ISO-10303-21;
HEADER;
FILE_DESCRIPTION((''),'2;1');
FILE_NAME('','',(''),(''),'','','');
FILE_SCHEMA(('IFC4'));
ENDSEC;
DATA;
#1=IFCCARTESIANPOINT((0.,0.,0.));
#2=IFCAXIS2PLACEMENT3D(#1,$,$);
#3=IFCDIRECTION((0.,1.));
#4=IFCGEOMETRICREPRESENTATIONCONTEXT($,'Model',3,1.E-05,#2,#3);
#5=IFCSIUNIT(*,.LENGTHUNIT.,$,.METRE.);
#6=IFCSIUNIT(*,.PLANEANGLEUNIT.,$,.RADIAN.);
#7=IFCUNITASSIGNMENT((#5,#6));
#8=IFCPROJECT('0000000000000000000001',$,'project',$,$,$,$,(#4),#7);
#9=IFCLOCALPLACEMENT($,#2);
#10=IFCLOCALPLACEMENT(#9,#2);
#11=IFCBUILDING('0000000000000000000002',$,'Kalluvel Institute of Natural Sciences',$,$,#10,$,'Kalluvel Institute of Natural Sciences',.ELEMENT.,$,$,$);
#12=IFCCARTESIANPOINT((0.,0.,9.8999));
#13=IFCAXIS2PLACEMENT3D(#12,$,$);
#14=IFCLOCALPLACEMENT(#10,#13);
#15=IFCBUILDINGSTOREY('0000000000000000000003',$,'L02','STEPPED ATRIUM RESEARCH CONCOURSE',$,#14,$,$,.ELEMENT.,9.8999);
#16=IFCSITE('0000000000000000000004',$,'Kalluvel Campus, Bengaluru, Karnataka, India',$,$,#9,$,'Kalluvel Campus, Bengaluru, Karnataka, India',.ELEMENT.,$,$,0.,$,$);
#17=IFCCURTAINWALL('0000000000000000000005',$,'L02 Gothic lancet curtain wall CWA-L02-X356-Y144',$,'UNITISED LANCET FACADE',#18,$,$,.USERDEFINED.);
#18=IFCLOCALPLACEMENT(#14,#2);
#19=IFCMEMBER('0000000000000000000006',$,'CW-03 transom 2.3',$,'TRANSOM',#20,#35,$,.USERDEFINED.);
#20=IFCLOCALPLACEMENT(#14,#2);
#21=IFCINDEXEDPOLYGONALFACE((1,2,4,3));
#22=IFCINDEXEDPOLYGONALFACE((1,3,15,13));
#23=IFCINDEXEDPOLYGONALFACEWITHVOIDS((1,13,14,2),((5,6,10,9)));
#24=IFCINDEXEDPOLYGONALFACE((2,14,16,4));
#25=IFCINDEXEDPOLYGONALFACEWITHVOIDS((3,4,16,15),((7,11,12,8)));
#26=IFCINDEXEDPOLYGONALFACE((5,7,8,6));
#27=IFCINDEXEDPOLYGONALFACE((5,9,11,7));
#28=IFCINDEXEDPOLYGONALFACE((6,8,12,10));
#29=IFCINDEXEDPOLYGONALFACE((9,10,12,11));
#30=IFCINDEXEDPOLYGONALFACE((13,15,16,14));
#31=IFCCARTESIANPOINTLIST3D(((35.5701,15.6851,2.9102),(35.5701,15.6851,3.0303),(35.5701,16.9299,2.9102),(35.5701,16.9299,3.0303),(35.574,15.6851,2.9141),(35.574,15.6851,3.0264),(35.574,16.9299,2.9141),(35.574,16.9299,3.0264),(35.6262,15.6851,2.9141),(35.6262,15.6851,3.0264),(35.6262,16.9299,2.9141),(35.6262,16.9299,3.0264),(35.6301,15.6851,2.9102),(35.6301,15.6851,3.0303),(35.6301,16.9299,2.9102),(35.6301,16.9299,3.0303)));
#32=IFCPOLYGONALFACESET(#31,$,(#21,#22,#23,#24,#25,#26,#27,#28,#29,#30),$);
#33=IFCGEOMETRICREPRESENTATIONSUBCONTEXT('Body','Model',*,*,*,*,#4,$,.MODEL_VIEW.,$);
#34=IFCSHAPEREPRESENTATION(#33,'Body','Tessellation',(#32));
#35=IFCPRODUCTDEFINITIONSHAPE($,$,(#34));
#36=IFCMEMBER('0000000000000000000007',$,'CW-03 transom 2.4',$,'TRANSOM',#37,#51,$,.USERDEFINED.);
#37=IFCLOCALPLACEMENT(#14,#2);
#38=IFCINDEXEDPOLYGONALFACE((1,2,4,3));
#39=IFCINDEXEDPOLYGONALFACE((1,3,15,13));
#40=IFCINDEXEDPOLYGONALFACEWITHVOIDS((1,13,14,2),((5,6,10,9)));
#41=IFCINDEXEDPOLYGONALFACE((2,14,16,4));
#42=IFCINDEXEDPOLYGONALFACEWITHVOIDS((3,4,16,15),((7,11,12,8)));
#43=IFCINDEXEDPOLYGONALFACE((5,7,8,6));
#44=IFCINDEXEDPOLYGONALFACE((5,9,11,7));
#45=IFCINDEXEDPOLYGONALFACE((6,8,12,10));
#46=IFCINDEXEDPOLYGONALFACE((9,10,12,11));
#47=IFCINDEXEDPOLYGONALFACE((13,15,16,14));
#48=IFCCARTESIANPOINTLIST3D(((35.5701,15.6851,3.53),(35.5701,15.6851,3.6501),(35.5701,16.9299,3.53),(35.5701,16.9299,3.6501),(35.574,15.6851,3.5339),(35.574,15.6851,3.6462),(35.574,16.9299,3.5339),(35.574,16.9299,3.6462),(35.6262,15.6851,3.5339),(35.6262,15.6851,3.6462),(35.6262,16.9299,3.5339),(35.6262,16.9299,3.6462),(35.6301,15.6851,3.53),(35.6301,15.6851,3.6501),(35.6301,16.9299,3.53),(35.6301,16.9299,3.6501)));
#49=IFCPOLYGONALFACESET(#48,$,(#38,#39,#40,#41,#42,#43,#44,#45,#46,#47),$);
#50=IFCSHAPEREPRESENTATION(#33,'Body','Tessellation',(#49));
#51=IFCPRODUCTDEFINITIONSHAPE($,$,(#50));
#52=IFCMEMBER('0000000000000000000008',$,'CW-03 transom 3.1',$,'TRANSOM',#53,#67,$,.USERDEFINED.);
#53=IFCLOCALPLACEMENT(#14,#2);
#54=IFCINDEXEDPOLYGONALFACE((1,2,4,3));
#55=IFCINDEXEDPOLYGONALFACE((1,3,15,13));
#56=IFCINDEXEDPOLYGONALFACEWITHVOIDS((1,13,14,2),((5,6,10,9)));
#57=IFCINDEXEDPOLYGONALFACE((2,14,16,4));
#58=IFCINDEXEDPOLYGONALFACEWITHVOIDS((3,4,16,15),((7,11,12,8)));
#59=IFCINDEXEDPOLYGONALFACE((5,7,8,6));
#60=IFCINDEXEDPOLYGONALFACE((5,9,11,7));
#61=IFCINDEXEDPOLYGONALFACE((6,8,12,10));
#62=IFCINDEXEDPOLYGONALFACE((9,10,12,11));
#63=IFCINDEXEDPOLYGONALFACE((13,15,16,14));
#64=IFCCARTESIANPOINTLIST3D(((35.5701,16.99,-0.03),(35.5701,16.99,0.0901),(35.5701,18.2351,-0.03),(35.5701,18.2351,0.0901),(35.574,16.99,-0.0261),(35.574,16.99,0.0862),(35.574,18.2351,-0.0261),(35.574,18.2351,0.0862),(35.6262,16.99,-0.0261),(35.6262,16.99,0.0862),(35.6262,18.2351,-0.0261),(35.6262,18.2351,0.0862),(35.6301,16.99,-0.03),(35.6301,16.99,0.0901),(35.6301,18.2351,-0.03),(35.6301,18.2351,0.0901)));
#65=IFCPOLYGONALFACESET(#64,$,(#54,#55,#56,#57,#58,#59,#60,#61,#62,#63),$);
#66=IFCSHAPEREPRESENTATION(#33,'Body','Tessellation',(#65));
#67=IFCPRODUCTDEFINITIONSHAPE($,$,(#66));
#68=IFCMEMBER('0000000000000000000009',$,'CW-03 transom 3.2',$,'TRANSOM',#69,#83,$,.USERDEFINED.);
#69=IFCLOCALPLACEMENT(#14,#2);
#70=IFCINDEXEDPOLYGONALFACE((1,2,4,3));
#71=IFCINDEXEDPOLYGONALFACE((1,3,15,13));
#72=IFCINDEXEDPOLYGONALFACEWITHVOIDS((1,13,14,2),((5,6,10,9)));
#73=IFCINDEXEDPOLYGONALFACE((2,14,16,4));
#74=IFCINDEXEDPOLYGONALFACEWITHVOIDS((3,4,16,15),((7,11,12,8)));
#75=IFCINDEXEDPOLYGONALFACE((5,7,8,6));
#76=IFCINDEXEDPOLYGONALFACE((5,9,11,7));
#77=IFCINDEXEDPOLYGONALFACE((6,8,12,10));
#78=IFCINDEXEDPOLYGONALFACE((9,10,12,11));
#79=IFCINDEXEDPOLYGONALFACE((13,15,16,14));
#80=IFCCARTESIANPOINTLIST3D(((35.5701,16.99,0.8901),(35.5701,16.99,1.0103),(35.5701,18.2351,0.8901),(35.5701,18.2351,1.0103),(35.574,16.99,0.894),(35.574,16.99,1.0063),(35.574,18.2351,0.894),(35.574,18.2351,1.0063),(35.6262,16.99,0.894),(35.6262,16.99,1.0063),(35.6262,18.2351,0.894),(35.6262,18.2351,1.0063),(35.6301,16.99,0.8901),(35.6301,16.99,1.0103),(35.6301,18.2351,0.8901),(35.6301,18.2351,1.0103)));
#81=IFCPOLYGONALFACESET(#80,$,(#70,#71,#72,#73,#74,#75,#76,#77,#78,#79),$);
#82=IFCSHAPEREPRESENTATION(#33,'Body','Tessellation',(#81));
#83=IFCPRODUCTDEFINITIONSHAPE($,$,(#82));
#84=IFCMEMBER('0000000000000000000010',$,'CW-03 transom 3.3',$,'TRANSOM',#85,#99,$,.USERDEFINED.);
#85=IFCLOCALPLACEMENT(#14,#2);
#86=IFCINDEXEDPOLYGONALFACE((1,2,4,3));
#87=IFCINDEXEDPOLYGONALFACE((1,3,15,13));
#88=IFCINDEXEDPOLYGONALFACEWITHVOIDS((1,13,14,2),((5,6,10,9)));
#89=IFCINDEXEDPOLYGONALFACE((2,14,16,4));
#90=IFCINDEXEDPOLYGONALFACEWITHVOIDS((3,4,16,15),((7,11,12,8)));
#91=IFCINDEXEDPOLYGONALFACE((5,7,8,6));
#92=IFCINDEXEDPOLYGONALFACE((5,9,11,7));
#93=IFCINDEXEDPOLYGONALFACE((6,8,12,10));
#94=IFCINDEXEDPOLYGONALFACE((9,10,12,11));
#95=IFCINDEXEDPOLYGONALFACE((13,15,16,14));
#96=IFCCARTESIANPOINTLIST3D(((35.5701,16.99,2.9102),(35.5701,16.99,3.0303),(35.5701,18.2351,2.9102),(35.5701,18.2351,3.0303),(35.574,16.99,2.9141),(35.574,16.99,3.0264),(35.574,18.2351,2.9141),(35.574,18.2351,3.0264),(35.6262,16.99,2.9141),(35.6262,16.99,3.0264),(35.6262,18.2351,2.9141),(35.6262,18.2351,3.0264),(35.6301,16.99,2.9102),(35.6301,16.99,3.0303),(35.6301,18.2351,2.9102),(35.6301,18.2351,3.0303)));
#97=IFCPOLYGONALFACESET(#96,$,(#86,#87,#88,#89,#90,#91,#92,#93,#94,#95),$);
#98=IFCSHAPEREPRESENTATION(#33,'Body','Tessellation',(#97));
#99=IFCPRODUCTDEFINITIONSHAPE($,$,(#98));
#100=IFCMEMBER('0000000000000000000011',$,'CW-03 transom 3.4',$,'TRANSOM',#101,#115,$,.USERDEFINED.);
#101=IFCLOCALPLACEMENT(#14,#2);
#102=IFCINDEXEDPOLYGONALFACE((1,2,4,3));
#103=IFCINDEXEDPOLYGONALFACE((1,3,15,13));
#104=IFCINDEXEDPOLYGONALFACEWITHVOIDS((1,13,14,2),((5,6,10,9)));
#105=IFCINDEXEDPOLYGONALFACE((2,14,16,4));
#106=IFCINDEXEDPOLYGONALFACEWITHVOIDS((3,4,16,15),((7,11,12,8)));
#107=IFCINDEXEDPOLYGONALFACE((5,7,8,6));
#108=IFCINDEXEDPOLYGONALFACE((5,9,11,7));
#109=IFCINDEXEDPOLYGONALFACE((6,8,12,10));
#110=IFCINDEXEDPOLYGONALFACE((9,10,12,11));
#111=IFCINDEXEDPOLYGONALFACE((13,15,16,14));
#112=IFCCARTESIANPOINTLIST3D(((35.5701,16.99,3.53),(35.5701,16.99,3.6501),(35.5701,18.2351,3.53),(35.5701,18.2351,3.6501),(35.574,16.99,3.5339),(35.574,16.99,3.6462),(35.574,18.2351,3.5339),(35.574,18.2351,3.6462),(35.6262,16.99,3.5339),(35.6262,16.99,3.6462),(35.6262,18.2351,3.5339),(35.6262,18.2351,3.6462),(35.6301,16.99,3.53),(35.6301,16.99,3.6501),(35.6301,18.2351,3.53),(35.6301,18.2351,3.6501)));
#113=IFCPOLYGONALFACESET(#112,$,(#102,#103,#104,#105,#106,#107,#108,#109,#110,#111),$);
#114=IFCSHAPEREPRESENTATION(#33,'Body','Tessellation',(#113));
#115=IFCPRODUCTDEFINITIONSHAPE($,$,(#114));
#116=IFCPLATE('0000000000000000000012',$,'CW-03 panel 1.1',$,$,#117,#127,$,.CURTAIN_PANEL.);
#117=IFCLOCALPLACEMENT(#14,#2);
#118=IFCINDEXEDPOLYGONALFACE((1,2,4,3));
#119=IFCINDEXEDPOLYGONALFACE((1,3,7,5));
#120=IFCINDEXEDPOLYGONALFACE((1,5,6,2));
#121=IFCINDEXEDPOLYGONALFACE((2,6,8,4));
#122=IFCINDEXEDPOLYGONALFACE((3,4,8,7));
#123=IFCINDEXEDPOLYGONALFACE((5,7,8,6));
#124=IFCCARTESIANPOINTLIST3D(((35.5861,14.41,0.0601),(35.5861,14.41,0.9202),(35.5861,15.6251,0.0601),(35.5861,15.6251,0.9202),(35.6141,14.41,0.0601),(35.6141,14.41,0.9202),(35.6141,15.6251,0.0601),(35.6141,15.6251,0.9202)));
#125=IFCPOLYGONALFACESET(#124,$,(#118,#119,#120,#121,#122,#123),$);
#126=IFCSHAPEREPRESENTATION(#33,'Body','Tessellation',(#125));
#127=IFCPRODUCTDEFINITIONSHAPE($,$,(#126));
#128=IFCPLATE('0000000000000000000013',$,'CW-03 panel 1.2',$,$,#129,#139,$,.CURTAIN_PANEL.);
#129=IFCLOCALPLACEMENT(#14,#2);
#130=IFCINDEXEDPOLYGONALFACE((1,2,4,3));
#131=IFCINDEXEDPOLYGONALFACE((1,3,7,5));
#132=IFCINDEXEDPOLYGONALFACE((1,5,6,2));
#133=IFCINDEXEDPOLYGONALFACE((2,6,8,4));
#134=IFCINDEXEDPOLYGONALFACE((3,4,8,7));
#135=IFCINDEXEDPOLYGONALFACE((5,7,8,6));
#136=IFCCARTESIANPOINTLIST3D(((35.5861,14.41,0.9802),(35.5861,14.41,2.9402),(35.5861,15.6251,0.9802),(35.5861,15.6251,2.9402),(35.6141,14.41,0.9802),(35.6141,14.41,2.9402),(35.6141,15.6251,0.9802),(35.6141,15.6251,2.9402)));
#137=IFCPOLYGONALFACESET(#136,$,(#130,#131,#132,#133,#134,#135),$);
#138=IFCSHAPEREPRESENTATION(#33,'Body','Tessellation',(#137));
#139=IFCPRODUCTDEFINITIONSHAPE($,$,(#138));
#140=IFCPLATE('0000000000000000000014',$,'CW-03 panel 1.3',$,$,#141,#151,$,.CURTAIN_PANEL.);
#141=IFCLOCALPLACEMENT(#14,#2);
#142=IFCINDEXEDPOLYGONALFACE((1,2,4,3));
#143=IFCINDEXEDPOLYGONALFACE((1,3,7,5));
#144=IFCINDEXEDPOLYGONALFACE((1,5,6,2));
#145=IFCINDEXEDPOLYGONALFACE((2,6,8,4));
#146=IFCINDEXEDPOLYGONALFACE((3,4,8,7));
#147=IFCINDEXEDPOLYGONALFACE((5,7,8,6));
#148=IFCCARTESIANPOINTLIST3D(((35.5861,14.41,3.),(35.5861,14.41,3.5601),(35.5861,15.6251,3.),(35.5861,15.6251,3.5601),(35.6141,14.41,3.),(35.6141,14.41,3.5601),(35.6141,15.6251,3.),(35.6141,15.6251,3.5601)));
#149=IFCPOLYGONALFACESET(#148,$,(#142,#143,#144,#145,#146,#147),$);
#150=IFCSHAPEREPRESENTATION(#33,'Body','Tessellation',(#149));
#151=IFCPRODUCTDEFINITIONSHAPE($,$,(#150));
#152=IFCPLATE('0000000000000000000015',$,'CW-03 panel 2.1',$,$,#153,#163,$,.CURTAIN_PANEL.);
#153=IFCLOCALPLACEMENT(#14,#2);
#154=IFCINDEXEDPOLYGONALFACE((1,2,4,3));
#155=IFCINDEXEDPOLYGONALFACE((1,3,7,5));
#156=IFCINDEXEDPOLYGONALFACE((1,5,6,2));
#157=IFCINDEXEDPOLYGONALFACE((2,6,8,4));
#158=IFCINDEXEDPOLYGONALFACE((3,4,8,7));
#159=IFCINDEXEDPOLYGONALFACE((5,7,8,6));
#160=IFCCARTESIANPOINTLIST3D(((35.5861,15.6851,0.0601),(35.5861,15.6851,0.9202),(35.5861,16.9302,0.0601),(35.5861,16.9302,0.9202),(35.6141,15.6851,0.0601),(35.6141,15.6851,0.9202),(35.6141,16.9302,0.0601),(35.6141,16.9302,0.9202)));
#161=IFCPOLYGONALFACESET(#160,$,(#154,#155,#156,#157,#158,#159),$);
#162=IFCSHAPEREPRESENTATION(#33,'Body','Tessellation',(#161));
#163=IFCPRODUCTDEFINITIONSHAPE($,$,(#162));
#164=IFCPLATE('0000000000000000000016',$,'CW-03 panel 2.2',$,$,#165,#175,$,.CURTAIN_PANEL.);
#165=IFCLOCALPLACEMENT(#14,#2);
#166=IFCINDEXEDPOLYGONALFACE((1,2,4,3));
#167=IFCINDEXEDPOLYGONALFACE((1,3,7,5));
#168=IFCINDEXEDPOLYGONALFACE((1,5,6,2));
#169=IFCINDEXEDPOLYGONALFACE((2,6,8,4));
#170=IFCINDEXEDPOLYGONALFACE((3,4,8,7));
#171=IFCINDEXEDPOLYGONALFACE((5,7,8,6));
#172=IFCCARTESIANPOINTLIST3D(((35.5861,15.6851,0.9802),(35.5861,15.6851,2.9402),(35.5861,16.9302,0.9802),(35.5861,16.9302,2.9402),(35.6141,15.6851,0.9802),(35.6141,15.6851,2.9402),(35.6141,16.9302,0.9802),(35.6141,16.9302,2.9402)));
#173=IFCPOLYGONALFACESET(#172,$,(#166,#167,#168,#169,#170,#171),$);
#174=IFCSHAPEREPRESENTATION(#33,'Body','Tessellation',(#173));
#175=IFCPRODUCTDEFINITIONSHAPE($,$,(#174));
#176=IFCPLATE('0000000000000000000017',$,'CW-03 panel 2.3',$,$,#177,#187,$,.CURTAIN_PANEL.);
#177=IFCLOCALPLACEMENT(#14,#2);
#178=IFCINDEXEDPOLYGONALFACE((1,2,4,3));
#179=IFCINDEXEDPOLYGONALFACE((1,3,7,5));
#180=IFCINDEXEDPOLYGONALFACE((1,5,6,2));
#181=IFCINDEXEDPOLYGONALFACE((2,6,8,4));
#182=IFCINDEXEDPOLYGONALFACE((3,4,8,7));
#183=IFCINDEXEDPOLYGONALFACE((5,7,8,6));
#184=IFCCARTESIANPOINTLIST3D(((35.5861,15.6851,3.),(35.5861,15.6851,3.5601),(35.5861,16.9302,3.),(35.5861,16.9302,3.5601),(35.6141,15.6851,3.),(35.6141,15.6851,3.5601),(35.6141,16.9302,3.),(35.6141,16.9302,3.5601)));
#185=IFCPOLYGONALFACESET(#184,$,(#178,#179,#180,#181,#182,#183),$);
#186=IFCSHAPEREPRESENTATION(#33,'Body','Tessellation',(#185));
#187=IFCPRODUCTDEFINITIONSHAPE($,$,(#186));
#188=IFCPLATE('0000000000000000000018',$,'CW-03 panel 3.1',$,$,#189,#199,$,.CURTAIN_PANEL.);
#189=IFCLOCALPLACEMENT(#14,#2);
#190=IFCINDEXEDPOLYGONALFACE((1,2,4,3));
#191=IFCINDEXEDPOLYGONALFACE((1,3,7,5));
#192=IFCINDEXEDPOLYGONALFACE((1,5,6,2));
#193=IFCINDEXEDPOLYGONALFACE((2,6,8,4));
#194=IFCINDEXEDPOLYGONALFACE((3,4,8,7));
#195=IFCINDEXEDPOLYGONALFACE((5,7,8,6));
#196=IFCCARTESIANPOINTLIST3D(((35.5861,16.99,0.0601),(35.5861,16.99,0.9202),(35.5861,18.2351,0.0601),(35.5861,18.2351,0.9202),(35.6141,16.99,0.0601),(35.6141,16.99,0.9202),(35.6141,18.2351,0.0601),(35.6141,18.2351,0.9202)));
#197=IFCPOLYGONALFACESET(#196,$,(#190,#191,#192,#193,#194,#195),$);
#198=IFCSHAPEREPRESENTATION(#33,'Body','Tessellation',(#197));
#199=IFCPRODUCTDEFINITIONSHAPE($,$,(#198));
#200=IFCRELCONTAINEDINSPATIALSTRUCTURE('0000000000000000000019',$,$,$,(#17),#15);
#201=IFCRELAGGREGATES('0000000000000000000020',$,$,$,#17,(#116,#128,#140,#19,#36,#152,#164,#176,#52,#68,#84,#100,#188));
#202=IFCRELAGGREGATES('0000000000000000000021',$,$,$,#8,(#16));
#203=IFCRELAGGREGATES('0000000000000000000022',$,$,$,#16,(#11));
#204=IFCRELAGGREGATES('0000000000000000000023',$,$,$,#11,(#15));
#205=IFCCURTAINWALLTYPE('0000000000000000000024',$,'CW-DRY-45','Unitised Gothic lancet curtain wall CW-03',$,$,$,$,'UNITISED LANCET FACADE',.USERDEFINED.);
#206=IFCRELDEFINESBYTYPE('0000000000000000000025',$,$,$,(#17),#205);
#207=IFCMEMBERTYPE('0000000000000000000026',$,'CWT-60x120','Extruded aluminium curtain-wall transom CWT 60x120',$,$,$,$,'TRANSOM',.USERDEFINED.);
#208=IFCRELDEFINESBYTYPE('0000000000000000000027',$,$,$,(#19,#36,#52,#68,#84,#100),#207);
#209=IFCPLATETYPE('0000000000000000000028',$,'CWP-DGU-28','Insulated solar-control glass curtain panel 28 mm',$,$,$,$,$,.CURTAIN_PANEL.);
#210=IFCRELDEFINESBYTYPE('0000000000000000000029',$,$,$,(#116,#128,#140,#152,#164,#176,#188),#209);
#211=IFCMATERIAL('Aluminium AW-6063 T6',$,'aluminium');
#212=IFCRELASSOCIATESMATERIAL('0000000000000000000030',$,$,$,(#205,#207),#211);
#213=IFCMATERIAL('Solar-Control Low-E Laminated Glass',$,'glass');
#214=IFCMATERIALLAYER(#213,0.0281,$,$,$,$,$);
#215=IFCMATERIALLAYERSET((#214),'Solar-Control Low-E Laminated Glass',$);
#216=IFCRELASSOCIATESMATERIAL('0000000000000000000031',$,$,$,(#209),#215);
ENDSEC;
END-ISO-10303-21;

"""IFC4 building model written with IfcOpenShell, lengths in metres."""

from ifc_helpers import new_model, si_unit, direction, frame, origin, origin_2d, place, context, subcontext, project, spatial, rectangle, hollow_rectangle, extrude, material, layer, layer_set, material_profile, profile_set, type_object, element, aggregate, save


model = new_model("IFC4")

# Units and contexts
model_context = context("Model", 3, precision=1e-05, world=origin(), true_north=direction((0.0, 1.0)))
body_context = subcontext(model_context, "Body", "Model", "MODEL_VIEW")
ifc_project = project(units=[si_unit("LENGTHUNIT", "METRE"), si_unit("PLANEANGLEUNIT", "RADIAN")], contexts=[model_context])

# Site, building, storey
site_placement = place(None, origin())
site = spatial("IfcSite", under=ifc_project, at=site_placement, Name="Kalluvel Campus, Bengaluru, Karnataka, India", LongName="Kalluvel Campus, Bengaluru, Karnataka, India", CompositionType="ELEMENT", RefElevation=0.0)
building_placement = place(site_placement, origin())
building = spatial("IfcBuilding", under=site, at=building_placement, Name="Kalluvel Institute of Natural Sciences", LongName="Kalluvel Institute of Natural Sciences", CompositionType="ELEMENT")
storey_placement = place(building_placement, frame((0.0, 0.0, 9.8999)))
storey = spatial("IfcBuildingStorey", under=building, at=storey_placement, Name="L02", Description="STEPPED ATRIUM RESEARCH CONCOURSE", CompositionType="ELEMENT", Elevation=9.8999)

# Curtain wall, members, plates
ifc_material_1 = material(Name="Aluminium AW-6063 T6", Category="aluminium")
curtain_wall_type = type_object("IfcCurtainWallType", Name="CW-DRY-45", Description="Unitised Gothic lancet curtain wall CW-03", ElementType="UNITISED LANCET FACADE", PredefinedType="USERDEFINED", material=ifc_material_1)
curtain_wall_placement = place(storey_placement, origin())
curtain_wall = element("IfcCurtainWall", 1, at=curtain_wall_placement, inside=storey, type_object=curtain_wall_type, Name="L02 Gothic lancet curtain wall CWA-L02-X356-Y144", ObjectType="UNITISED LANCET FACADE", PredefinedType="USERDEFINED")
ifc_material_profile_1 = material_profile(ifc_material_1, hollow_rectangle(XDim=0.0601, YDim=0.1201, WallThickness=0.0039, at=origin_2d()), Name="CWT 60x120")
ifc_profile_set_1 = profile_set([ifc_material_profile_1], Name="Aluminium AW-6063 T6")
member_type_1 = type_object("IfcMemberType", Name="CWT-60x120", Description="Extruded aluminium curtain-wall transom CWT 60x120", ElementType="TRANSOM", PredefinedType="USERDEFINED", material=ifc_profile_set_1)
member_1_placement = place(storey_placement, frame((35.6001, 15.6851, 2.9702), z_axis=(0.0, 1.0, 0.0), x_axis=(-1.0, 0.0, 0.0)))
member_1 = element("IfcMember", 2, at=member_1_placement, type_object=member_type_1, Name="CW-03 transom 2.3", ObjectType="TRANSOM", PredefinedType="USERDEFINED", context=body_context, shape_type="SweptSolid", body=[
    extrude(hollow_rectangle(XDim=0.0601, YDim=0.1201, WallThickness=0.0039, at=origin_2d()), origin(), (0.0, 0.0, 1.0), 1.2449),
])
member_2_placement = place(storey_placement, frame((35.6001, 15.6851, 3.5901), z_axis=(0.0, 1.0, 0.0), x_axis=(-1.0, 0.0, 0.0)))
member_2 = element("IfcMember", 3, at=member_2_placement, type_object=member_type_1, Name="CW-03 transom 2.4", ObjectType="TRANSOM", PredefinedType="USERDEFINED", context=body_context, shape_type="SweptSolid", body=[
    extrude(hollow_rectangle(XDim=0.0601, YDim=0.1201, WallThickness=0.0039, at=origin_2d()), origin(), (0.0, 0.0, 1.0), 1.2449),
])
member_3_placement = place(storey_placement, frame((35.6001, 16.99, 0.03), z_axis=(0.0, 1.0, 0.0), x_axis=(-1.0, 0.0, 0.0)))
member_3 = element("IfcMember", 4, at=member_3_placement, type_object=member_type_1, Name="CW-03 transom 3.1", ObjectType="TRANSOM", PredefinedType="USERDEFINED", context=body_context, shape_type="SweptSolid", body=[
    extrude(hollow_rectangle(XDim=0.0601, YDim=0.1201, WallThickness=0.0039, at=origin_2d()), origin(), (0.0, 0.0, 1.0), 1.2451),
])
member_4_placement = place(storey_placement, frame((35.6001, 16.99, 0.9502), z_axis=(0.0, 1.0, 0.0), x_axis=(-1.0, 0.0, 0.0)))
member_4 = element("IfcMember", 5, at=member_4_placement, type_object=member_type_1, Name="CW-03 transom 3.2", ObjectType="TRANSOM", PredefinedType="USERDEFINED", context=body_context, shape_type="SweptSolid", body=[
    extrude(hollow_rectangle(XDim=0.0601, YDim=0.1201, WallThickness=0.0039, at=origin_2d()), origin(), (0.0, 0.0, 1.0), 1.2451),
])
member_5_placement = place(storey_placement, frame((35.6001, 16.99, 2.9702), z_axis=(0.0, 1.0, 0.0), x_axis=(-1.0, 0.0, 0.0)))
member_5 = element("IfcMember", 6, at=member_5_placement, type_object=member_type_1, Name="CW-03 transom 3.3", ObjectType="TRANSOM", PredefinedType="USERDEFINED", context=body_context, shape_type="SweptSolid", body=[
    extrude(hollow_rectangle(XDim=0.0601, YDim=0.1201, WallThickness=0.0039, at=origin_2d()), origin(), (0.0, 0.0, 1.0), 1.2451),
])
member_6_placement = place(storey_placement, frame((35.6001, 16.99, 3.5901), z_axis=(0.0, 1.0, 0.0), x_axis=(-1.0, 0.0, 0.0)))
member_6 = element("IfcMember", 7, at=member_6_placement, type_object=member_type_1, Name="CW-03 transom 3.4", ObjectType="TRANSOM", PredefinedType="USERDEFINED", context=body_context, shape_type="SweptSolid", body=[
    extrude(hollow_rectangle(XDim=0.0601, YDim=0.1201, WallThickness=0.0039, at=origin_2d()), origin(), (0.0, 0.0, 1.0), 1.2451),
])
ifc_material_2 = material(Name="Solar-Control Low-E Laminated Glass", Category="glass")
ifc_layer = layer(ifc_material_2, 0.0281)
ifc_layer_set = layer_set([ifc_layer], Name="Solar-Control Low-E Laminated Glass")
plate_type = type_object("IfcPlateType", Name="CWP-DGU-28", Description="Insulated solar-control glass curtain panel 28 mm", PredefinedType="CURTAIN_PANEL", material=ifc_layer_set)
plate_1_placement = place(storey_placement, frame((35.6001, 15.0176, 0.0601), z_axis=(0.0, 0.0, 1.0), x_axis=(0.0, 1.0, 0.0)))
plate_1 = element("IfcPlate", 8, at=plate_1_placement, type_object=plate_type, Name="CW-03 panel 1.1", PredefinedType="CURTAIN_PANEL", context=body_context, shape_type="SweptSolid", body=[
    extrude(rectangle(XDim=1.2151, YDim=0.0281, at=origin_2d()), origin(), (0.0, 0.0, 1.0), 0.8601),
])
plate_2_placement = place(storey_placement, frame((35.6001, 15.0176, 0.9802), z_axis=(0.0, 0.0, 1.0), x_axis=(0.0, 1.0, 0.0)))
plate_2 = element("IfcPlate", 9, at=plate_2_placement, type_object=plate_type, Name="CW-03 panel 1.2", PredefinedType="CURTAIN_PANEL", context=body_context, shape_type="SweptSolid", body=[
    extrude(rectangle(XDim=1.2151, YDim=0.0281, at=origin_2d()), origin(), (0.0, 0.0, 1.0), 1.96),
])
plate_3_placement = place(storey_placement, frame((35.6001, 15.0176, 3.0), z_axis=(0.0, 0.0, 1.0), x_axis=(0.0, 1.0, 0.0)))
plate_3 = element("IfcPlate", 10, at=plate_3_placement, type_object=plate_type, Name="CW-03 panel 1.3", PredefinedType="CURTAIN_PANEL", context=body_context, shape_type="SweptSolid", body=[
    extrude(rectangle(XDim=1.2151, YDim=0.0281, at=origin_2d()), origin(), (0.0, 0.0, 1.0), 0.5601),
])
plate_4_placement = place(storey_placement, frame((35.6001, 16.3076, 0.0601), z_axis=(0.0, 0.0, 1.0), x_axis=(0.0, 1.0, 0.0)))
plate_4 = element("IfcPlate", 11, at=plate_4_placement, type_object=plate_type, Name="CW-03 panel 2.1", PredefinedType="CURTAIN_PANEL", context=body_context, shape_type="SweptSolid", body=[
    extrude(rectangle(XDim=1.2451, YDim=0.0281, at=origin_2d()), origin(), (0.0, 0.0, 1.0), 0.8601),
])
plate_5_placement = place(storey_placement, frame((35.6001, 16.3076, 0.9802), z_axis=(0.0, 0.0, 1.0), x_axis=(0.0, 1.0, 0.0)))
plate_5 = element("IfcPlate", 12, at=plate_5_placement, type_object=plate_type, Name="CW-03 panel 2.2", PredefinedType="CURTAIN_PANEL", context=body_context, shape_type="SweptSolid", body=[
    extrude(rectangle(XDim=1.2451, YDim=0.0281, at=origin_2d()), origin(), (0.0, 0.0, 1.0), 1.96),
])
plate_6_placement = place(storey_placement, frame((35.6001, 16.3076, 3.0), z_axis=(0.0, 0.0, 1.0), x_axis=(0.0, 1.0, 0.0)))
plate_6 = element("IfcPlate", 13, at=plate_6_placement, type_object=plate_type, Name="CW-03 panel 2.3", PredefinedType="CURTAIN_PANEL", context=body_context, shape_type="SweptSolid", body=[
    extrude(rectangle(XDim=1.2451, YDim=0.0281, at=origin_2d()), origin(), (0.0, 0.0, 1.0), 0.5601),
])
plate_7_placement = place(storey_placement, frame((35.6001, 17.6125, 0.0601), z_axis=(0.0, 0.0, 1.0), x_axis=(0.0, 1.0, 0.0)))
plate_7 = element("IfcPlate", 14, at=plate_7_placement, type_object=plate_type, Name="CW-03 panel 3.1", PredefinedType="CURTAIN_PANEL", context=body_context, shape_type="SweptSolid", body=[
    extrude(rectangle(XDim=1.2451, YDim=0.0281, at=origin_2d()), origin(), (0.0, 0.0, 1.0), 0.8601),
])
aggregate(curtain_wall, [plate_1, plate_2, plate_3, member_1, member_2, plate_4, plate_5, plate_6, member_3, member_4, member_5, member_6, plate_7])

save(model, "model.ifc")
